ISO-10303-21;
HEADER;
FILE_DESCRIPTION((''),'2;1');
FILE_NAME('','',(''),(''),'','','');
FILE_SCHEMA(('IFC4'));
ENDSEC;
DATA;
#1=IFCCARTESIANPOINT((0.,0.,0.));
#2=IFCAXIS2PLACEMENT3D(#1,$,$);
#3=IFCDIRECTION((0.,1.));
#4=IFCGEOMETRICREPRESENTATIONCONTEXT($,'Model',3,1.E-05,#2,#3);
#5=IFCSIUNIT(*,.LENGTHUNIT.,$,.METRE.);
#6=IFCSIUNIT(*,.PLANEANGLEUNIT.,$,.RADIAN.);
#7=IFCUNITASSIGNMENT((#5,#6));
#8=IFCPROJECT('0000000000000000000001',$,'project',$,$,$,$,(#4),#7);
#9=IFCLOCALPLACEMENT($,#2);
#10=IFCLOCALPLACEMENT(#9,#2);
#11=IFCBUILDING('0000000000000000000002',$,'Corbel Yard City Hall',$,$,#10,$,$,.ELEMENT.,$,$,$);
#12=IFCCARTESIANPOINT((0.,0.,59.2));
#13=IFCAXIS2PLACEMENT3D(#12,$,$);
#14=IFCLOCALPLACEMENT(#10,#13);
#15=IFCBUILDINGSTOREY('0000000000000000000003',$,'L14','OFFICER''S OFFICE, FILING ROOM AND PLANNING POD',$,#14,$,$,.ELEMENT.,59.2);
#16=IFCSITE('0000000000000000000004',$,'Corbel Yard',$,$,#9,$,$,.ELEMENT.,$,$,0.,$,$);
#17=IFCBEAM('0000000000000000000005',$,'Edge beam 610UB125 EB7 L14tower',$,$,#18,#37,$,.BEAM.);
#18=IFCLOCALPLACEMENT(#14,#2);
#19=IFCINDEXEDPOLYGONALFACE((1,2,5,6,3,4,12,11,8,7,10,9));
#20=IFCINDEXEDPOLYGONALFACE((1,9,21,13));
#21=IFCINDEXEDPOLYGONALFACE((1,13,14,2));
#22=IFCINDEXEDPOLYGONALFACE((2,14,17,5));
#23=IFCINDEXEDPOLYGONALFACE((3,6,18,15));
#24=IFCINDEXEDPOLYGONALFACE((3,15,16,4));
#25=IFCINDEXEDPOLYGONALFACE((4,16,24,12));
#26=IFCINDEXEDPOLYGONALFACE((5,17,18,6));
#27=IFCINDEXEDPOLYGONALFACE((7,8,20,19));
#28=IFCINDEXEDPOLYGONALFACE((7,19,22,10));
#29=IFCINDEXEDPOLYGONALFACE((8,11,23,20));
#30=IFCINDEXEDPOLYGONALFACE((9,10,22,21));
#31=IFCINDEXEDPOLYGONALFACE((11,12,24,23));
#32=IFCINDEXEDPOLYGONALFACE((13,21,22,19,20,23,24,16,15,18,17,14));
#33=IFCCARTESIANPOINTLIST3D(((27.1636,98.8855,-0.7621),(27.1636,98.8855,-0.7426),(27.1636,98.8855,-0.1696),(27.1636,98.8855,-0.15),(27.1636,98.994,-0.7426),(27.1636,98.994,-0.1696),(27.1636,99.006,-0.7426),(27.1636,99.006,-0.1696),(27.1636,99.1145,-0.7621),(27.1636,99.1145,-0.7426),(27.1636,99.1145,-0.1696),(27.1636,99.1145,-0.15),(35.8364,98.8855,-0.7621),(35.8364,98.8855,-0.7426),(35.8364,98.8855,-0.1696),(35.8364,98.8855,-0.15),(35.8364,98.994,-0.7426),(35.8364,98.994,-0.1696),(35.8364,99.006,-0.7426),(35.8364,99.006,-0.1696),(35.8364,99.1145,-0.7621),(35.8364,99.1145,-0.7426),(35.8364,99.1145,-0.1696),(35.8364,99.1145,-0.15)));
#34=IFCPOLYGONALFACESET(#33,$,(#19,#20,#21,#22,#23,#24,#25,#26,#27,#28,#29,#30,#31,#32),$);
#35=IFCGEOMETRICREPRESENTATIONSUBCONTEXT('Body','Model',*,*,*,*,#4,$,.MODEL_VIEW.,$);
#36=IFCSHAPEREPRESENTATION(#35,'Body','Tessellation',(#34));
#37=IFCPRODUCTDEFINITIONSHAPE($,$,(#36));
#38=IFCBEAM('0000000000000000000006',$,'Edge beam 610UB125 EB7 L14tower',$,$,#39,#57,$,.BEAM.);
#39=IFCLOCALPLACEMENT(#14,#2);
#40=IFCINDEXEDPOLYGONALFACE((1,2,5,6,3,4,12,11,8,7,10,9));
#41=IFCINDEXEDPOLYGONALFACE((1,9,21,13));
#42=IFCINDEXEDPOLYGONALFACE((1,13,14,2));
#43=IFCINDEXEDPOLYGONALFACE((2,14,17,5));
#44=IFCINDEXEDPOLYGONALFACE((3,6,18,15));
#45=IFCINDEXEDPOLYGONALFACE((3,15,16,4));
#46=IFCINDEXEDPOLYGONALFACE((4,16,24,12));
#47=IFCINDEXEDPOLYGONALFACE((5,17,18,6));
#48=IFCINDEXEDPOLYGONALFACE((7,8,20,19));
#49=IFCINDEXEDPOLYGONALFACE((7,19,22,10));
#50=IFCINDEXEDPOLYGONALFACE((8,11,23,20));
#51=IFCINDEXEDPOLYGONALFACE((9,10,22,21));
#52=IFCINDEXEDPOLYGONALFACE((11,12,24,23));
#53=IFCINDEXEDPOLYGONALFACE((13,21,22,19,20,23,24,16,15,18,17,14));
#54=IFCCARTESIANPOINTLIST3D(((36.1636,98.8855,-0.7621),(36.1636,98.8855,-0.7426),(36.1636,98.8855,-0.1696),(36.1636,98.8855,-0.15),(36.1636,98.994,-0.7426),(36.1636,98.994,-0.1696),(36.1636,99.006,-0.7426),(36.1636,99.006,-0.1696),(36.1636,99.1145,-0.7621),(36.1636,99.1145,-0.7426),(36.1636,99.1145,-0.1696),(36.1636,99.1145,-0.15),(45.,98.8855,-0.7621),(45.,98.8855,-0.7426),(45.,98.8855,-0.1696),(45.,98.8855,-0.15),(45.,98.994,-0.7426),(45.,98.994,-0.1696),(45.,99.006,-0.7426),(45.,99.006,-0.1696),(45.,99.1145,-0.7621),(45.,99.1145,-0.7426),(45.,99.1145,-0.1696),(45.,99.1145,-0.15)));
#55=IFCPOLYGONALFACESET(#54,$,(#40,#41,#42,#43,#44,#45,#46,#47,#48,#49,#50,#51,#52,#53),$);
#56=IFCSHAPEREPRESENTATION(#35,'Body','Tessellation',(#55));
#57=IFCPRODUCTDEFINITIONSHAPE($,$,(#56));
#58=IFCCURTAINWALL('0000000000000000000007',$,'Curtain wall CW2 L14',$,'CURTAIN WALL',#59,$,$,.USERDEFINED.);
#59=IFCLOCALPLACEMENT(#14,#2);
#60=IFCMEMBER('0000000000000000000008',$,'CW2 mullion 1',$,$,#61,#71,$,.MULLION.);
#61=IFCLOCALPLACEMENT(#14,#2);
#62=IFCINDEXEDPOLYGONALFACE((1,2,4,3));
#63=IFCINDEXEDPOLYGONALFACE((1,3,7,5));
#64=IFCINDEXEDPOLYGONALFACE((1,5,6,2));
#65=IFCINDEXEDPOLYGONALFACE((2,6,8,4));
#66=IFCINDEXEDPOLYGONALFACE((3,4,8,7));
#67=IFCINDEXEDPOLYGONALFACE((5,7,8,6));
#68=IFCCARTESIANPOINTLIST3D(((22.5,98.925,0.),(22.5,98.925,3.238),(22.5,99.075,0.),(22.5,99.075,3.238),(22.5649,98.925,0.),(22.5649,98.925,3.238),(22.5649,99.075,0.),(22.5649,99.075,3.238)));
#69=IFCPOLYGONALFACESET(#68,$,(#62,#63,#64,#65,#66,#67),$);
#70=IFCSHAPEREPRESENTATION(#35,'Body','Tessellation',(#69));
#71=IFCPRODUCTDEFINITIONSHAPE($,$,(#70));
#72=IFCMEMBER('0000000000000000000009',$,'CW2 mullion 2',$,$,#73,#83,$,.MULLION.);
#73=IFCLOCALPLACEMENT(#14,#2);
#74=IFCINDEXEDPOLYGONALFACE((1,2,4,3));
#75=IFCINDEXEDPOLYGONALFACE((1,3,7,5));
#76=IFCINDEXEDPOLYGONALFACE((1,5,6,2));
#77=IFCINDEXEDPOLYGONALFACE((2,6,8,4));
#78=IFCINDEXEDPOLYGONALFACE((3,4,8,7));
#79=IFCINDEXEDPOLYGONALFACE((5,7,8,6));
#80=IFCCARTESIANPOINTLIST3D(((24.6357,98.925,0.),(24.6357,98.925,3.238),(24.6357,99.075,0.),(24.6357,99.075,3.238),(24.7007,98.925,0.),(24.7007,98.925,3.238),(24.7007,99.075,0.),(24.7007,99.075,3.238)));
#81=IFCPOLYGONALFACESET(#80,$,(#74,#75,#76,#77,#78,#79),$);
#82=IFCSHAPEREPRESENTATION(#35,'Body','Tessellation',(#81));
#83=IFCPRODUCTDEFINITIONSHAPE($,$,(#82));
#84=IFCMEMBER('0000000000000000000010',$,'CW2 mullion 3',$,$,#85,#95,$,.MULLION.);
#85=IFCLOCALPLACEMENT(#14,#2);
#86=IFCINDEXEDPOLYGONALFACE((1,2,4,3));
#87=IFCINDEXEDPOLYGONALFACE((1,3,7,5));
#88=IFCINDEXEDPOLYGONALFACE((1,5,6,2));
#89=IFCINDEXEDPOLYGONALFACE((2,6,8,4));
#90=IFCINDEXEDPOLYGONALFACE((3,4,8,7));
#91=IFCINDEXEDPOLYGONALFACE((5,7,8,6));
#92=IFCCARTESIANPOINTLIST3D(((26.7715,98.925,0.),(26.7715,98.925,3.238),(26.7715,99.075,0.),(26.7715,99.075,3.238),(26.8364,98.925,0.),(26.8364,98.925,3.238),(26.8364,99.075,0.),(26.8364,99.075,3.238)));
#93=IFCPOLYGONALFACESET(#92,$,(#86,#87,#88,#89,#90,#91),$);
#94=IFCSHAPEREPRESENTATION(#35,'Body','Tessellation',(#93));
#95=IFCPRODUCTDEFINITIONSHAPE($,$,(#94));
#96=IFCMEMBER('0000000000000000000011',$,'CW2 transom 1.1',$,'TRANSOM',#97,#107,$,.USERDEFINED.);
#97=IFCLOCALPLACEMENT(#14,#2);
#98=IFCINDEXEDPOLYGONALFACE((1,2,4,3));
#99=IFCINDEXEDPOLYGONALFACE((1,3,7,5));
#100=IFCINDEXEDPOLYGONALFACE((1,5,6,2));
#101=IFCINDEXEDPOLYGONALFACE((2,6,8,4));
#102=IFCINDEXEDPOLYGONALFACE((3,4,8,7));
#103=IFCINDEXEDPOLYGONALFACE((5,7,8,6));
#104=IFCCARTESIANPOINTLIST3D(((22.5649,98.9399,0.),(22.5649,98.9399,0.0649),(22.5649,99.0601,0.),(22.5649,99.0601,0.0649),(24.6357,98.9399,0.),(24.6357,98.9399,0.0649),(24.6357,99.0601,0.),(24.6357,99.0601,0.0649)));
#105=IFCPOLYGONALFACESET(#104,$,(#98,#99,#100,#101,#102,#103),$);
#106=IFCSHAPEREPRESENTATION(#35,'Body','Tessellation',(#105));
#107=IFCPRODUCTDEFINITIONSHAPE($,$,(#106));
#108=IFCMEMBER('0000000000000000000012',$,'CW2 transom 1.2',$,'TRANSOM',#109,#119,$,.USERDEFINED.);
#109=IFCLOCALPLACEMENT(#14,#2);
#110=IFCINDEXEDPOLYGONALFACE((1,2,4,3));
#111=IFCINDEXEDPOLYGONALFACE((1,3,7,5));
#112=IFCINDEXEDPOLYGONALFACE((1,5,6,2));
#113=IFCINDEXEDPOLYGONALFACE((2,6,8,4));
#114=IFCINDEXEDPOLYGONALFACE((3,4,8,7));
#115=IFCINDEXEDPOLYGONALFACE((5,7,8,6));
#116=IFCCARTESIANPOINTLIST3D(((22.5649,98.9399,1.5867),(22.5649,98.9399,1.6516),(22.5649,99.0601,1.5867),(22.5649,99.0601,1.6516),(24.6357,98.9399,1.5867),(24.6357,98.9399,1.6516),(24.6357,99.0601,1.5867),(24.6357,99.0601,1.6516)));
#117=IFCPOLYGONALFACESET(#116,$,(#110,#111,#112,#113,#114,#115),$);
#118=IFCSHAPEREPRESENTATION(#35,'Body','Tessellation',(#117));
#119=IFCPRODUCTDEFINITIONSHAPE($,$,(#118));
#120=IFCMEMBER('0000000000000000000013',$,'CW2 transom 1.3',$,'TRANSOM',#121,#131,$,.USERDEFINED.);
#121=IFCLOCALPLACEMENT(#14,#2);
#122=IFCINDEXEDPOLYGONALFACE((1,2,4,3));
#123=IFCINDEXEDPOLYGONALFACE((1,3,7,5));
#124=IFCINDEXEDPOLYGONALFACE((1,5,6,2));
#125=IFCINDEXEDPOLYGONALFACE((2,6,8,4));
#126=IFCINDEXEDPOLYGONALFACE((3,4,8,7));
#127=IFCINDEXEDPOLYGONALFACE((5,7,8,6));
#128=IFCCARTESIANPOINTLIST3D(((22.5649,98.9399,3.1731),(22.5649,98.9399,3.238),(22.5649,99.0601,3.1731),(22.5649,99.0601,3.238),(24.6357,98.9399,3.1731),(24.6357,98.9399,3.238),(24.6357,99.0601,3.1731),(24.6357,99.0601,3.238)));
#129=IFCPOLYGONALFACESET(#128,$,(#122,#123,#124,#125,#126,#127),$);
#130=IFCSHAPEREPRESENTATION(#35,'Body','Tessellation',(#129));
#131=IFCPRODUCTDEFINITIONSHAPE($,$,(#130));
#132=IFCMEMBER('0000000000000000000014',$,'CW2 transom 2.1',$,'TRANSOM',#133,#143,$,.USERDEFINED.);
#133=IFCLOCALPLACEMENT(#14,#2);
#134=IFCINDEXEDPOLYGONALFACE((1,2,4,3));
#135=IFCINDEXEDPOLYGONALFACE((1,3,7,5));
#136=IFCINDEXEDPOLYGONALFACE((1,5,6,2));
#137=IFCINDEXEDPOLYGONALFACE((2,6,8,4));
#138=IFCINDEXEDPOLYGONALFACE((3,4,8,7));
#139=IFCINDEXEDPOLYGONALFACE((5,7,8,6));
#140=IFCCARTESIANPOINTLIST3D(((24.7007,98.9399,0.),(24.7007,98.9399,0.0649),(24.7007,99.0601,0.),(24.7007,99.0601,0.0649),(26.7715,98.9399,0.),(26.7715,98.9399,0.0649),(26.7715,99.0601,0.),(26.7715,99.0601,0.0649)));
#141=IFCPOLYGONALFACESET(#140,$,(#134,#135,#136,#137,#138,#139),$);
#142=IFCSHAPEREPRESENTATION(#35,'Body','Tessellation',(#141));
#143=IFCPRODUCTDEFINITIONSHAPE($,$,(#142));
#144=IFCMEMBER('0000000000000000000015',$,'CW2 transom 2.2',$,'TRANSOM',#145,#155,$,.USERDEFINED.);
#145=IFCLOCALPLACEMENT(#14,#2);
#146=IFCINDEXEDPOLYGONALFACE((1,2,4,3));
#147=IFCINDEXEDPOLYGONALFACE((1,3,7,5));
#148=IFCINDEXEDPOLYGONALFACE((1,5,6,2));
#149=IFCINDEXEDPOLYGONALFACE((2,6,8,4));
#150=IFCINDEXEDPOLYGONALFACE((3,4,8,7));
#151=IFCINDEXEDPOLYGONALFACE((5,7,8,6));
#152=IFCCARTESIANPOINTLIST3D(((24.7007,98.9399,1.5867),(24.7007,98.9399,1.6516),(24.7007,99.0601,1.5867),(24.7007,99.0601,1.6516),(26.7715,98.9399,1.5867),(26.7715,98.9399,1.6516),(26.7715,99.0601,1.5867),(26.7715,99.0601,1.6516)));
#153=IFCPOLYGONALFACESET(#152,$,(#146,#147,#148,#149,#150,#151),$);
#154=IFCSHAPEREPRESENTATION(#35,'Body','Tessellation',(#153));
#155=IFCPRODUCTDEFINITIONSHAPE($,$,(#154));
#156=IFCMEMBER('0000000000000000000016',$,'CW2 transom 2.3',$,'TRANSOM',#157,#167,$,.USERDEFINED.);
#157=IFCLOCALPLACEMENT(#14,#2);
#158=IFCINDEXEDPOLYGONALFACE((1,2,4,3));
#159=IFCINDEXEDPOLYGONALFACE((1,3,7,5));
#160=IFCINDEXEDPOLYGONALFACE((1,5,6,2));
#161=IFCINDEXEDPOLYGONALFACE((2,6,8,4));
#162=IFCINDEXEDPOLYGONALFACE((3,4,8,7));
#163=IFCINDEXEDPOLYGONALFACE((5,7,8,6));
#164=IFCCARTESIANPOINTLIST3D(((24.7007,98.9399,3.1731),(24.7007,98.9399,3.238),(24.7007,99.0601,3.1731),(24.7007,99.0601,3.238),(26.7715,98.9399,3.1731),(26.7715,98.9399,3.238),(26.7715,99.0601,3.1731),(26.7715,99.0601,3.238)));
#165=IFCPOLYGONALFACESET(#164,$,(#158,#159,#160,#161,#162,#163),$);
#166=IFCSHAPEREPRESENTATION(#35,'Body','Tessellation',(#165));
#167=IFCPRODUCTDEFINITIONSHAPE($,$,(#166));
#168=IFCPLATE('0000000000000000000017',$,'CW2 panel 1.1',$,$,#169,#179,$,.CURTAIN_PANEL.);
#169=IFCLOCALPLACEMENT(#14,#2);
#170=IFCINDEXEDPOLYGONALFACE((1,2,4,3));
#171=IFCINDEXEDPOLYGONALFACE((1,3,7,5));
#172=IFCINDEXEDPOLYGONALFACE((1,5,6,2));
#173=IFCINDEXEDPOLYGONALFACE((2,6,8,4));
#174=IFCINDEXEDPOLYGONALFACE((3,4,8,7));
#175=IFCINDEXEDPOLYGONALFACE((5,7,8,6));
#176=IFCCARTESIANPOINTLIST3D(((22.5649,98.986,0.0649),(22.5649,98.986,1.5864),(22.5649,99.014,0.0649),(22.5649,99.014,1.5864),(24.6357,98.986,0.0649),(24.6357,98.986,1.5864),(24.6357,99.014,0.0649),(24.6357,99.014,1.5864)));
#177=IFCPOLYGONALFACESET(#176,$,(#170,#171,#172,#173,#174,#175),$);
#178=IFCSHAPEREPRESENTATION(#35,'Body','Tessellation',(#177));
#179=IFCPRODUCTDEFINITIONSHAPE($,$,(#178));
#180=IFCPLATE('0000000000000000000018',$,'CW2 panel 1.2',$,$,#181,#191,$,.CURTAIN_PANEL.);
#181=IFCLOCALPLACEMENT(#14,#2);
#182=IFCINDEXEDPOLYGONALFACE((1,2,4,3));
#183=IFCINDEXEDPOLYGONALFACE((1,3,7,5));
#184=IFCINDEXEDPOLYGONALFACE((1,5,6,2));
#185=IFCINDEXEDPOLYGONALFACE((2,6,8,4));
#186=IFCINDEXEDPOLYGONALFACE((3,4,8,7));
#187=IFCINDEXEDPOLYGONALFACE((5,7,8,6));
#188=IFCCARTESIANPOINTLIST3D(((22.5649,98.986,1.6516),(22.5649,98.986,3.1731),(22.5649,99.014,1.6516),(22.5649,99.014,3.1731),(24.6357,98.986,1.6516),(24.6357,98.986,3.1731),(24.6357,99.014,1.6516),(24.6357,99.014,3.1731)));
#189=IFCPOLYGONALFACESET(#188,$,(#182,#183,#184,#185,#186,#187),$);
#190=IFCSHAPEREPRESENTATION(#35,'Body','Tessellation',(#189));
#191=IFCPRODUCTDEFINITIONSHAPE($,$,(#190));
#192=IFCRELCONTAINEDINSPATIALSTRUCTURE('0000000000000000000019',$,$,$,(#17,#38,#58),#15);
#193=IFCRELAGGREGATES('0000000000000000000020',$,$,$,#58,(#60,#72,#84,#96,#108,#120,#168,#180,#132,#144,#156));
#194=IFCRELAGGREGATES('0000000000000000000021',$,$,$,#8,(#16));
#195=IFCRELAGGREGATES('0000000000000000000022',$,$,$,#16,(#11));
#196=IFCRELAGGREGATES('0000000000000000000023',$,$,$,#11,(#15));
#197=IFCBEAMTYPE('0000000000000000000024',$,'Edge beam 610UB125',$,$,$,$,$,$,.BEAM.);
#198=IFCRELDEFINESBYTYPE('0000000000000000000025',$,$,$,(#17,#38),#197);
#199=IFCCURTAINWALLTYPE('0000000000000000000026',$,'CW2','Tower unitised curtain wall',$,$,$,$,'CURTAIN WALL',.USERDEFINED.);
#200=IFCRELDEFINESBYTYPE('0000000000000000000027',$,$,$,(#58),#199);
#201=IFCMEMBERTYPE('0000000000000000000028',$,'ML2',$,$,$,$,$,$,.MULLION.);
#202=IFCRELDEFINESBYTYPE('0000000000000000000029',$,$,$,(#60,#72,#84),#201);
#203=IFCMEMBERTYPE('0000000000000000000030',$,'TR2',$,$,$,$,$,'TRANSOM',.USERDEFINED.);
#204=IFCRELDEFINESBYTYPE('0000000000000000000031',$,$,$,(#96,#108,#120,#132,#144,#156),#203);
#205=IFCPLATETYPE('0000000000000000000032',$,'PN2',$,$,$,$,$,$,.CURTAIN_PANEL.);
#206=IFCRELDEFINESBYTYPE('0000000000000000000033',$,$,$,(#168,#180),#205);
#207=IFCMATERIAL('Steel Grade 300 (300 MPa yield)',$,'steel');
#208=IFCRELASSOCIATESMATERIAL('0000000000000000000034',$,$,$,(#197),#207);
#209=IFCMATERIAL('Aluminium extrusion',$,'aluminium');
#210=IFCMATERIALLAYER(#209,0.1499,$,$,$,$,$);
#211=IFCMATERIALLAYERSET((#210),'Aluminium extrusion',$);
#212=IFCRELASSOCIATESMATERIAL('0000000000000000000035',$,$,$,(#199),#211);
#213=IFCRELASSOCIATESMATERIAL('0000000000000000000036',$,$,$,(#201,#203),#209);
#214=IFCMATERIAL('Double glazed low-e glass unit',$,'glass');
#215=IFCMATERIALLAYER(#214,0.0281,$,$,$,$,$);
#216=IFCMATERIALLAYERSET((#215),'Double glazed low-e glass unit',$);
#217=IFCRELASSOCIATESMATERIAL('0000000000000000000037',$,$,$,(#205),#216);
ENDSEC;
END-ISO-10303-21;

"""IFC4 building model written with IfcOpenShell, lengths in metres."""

from ifc_helpers import new_model, si_unit, direction, frame, origin, origin_2d, place, context, subcontext, project, spatial, rectangle, i_section, extrude, material, layer, layer_set, material_profile, profile_set, type_object, element, aggregate, save


model = new_model("IFC4")

# Units and contexts
model_context = context("Model", 3, precision=1e-05, world=origin(), true_north=direction((0.0, 1.0)))
body_context = subcontext(model_context, "Body", "Model", "MODEL_VIEW")
ifc_project = project(units=[si_unit("LENGTHUNIT", "METRE"), si_unit("PLANEANGLEUNIT", "RADIAN")], contexts=[model_context])

# Site, building, storey
site_placement = place(None, origin())
site = spatial("IfcSite", under=ifc_project, at=site_placement, Name="Corbel Yard", CompositionType="ELEMENT", RefElevation=0.0)
building_placement = place(site_placement, origin())
building = spatial("IfcBuilding", under=site, at=building_placement, Name="Corbel Yard City Hall", CompositionType="ELEMENT")
storey_placement = place(building_placement, frame((0.0, 0.0, 59.2)))
storey = spatial("IfcBuildingStorey", under=building, at=storey_placement, Name="L14", Description="OFFICER'S OFFICE, FILING ROOM AND PLANNING POD", CompositionType="ELEMENT", Elevation=59.2)

# Beams
ifc_material_1 = material(Name="Steel Grade 300 (300 MPa yield)", Category="steel")
ifc_material_profile_1 = material_profile(ifc_material_1, i_section(OverallWidth=0.229, OverallDepth=0.6121, WebThickness=0.012, FlangeThickness=0.0195, at=origin_2d()), Name="610UB125")
ifc_profile_set_1 = profile_set([ifc_material_profile_1], Name="Steel Grade 300 (300 MPa yield)")
beam_type = type_object("IfcBeamType", Name="Edge beam 610UB125", PredefinedType="BEAM", material=ifc_profile_set_1)
beam_1_placement = place(storey_placement, frame((27.1636, 99.0, -0.4561), z_axis=(1.0, 0.0, 0.0), x_axis=(0.0, 1.0, 0.0)))
element("IfcBeam", 1, at=beam_1_placement, inside=storey, type_object=beam_type, Name="Edge beam 610UB125 EB7 L14tower", PredefinedType="BEAM", context=body_context, shape_type="SweptSolid", body=[
    extrude(i_section(OverallWidth=0.229, OverallDepth=0.6121, WebThickness=0.012, FlangeThickness=0.0195, at=origin_2d()), origin(), (0.0, 0.0, 1.0), 8.6729),
])
beam_2_placement = place(storey_placement, frame((36.1636, 99.0, -0.4561), z_axis=(1.0, 0.0, 0.0), x_axis=(0.0, 1.0, 0.0)))
element("IfcBeam", 2, at=beam_2_placement, inside=storey, type_object=beam_type, Name="Edge beam 610UB125 EB7 L14tower", PredefinedType="BEAM", context=body_context, shape_type="SweptSolid", body=[
    extrude(i_section(OverallWidth=0.229, OverallDepth=0.6121, WebThickness=0.012, FlangeThickness=0.0195, at=origin_2d()), origin(), (0.0, 0.0, 1.0), 8.8364),
])

# Curtain wall, members, plates
ifc_material_2 = material(Name="Aluminium extrusion", Category="aluminium")
ifc_layer_1 = layer(ifc_material_2, 0.1499)
ifc_layer_set_1 = layer_set([ifc_layer_1], Name="Aluminium extrusion")
curtain_wall_type = type_object("IfcCurtainWallType", Name="CW2", Description="Tower unitised curtain wall", ElementType="CURTAIN WALL", PredefinedType="USERDEFINED", material=ifc_layer_set_1)
curtain_wall_placement = place(storey_placement, origin())
curtain_wall = element("IfcCurtainWall", 3, at=curtain_wall_placement, inside=storey, type_object=curtain_wall_type, Name="Curtain wall CW2 L14", ObjectType="CURTAIN WALL", PredefinedType="USERDEFINED")
ifc_material_profile_2 = material_profile(ifc_material_2, rectangle(XDim=0.1499, YDim=0.0649, at=origin_2d()), Name="150x65")
ifc_profile_set_2 = profile_set([ifc_material_profile_2], Name="Aluminium extrusion")
member_type_1 = type_object("IfcMemberType", Name="ML2", PredefinedType="MULLION", material=ifc_profile_set_2)
member_1_placement = place(storey_placement, frame((22.5325, 99.0, 0.0), z_axis=(0.0, 0.0, 1.0), x_axis=(0.0, 1.0, 0.0)))
member_1 = element("IfcMember", 4, at=member_1_placement, type_object=member_type_1, Name="CW2 mullion 1", PredefinedType="MULLION", context=body_context, shape_type="SweptSolid", body=[
    extrude(rectangle(XDim=0.1499, YDim=0.0649, at=origin_2d()), origin(), (0.0, 0.0, 1.0), 3.238),
])
member_2_placement = place(storey_placement, frame((24.6682, 99.0, 0.0), z_axis=(0.0, 0.0, 1.0), x_axis=(0.0, 1.0, 0.0)))
member_2 = element("IfcMember", 5, at=member_2_placement, type_object=member_type_1, Name="CW2 mullion 2", PredefinedType="MULLION", context=body_context, shape_type="SweptSolid", body=[
    extrude(rectangle(XDim=0.1499, YDim=0.0649, at=origin_2d()), origin(), (0.0, 0.0, 1.0), 3.238),
])
member_3_placement = place(storey_placement, frame((26.804, 99.0, 0.0), z_axis=(0.0, 0.0, 1.0), x_axis=(0.0, 1.0, 0.0)))
member_3 = element("IfcMember", 6, at=member_3_placement, type_object=member_type_1, Name="CW2 mullion 3", PredefinedType="MULLION", context=body_context, shape_type="SweptSolid", body=[
    extrude(rectangle(XDim=0.1499, YDim=0.0649, at=origin_2d()), origin(), (0.0, 0.0, 1.0), 3.238),
])
ifc_material_profile_3 = material_profile(ifc_material_2, rectangle(XDim=0.1201, YDim=0.0649, at=origin_2d()), Name="120x65")
ifc_profile_set_3 = profile_set([ifc_material_profile_3], Name="Aluminium extrusion")
member_type_2 = type_object("IfcMemberType", Name="TR2", ElementType="TRANSOM", PredefinedType="USERDEFINED", material=ifc_profile_set_3)
member_4_placement = place(storey_placement, frame((22.5649, 99.0, 0.0325), z_axis=(1.0, 0.0, 0.0), x_axis=(0.0, 1.0, 0.0)))
member_4 = element("IfcMember", 7, at=member_4_placement, type_object=member_type_2, Name="CW2 transom 1.1", ObjectType="TRANSOM", PredefinedType="USERDEFINED", context=body_context, shape_type="SweptSolid", body=[
    extrude(rectangle(XDim=0.1201, YDim=0.0649, at=origin_2d()), origin(), (0.0, 0.0, 1.0), 2.0708),
])
member_5_placement = place(storey_placement, frame((22.5649, 99.0, 1.6191), z_axis=(1.0, 0.0, 0.0), x_axis=(0.0, 1.0, 0.0)))
member_5 = element("IfcMember", 8, at=member_5_placement, type_object=member_type_2, Name="CW2 transom 1.2", ObjectType="TRANSOM", PredefinedType="USERDEFINED", context=body_context, shape_type="SweptSolid", body=[
    extrude(rectangle(XDim=0.1201, YDim=0.0649, at=origin_2d()), origin(), (0.0, 0.0, 1.0), 2.0708),
])
member_6_placement = place(storey_placement, frame((22.5649, 99.0, 3.2056), z_axis=(1.0, 0.0, 0.0), x_axis=(0.0, 1.0, 0.0)))
member_6 = element("IfcMember", 9, at=member_6_placement, type_object=member_type_2, Name="CW2 transom 1.3", ObjectType="TRANSOM", PredefinedType="USERDEFINED", context=body_context, shape_type="SweptSolid", body=[
    extrude(rectangle(XDim=0.1201, YDim=0.0649, at=origin_2d()), origin(), (0.0, 0.0, 1.0), 2.0708),
])
member_7_placement = place(storey_placement, frame((24.7007, 99.0, 0.0325), z_axis=(1.0, 0.0, 0.0), x_axis=(0.0, 1.0, 0.0)))
member_7 = element("IfcMember", 10, at=member_7_placement, type_object=member_type_2, Name="CW2 transom 2.1", ObjectType="TRANSOM", PredefinedType="USERDEFINED", context=body_context, shape_type="SweptSolid", body=[
    extrude(rectangle(XDim=0.1201, YDim=0.0649, at=origin_2d()), origin(), (0.0, 0.0, 1.0), 2.0708),
])
member_8_placement = place(storey_placement, frame((24.7007, 99.0, 1.6191), z_axis=(1.0, 0.0, 0.0), x_axis=(0.0, 1.0, 0.0)))
member_8 = element("IfcMember", 11, at=member_8_placement, type_object=member_type_2, Name="CW2 transom 2.2", ObjectType="TRANSOM", PredefinedType="USERDEFINED", context=body_context, shape_type="SweptSolid", body=[
    extrude(rectangle(XDim=0.1201, YDim=0.0649, at=origin_2d()), origin(), (0.0, 0.0, 1.0), 2.0708),
])
member_9_placement = place(storey_placement, frame((24.7007, 99.0, 3.2056), z_axis=(1.0, 0.0, 0.0), x_axis=(0.0, 1.0, 0.0)))
member_9 = element("IfcMember", 12, at=member_9_placement, type_object=member_type_2, Name="CW2 transom 2.3", ObjectType="TRANSOM", PredefinedType="USERDEFINED", context=body_context, shape_type="SweptSolid", body=[
    extrude(rectangle(XDim=0.1201, YDim=0.0649, at=origin_2d()), origin(), (0.0, 0.0, 1.0), 2.0708),
])
ifc_material_3 = material(Name="Double glazed low-e glass unit", Category="glass")
ifc_layer_2 = layer(ifc_material_3, 0.0281)
ifc_layer_set_2 = layer_set([ifc_layer_2], Name="Double glazed low-e glass unit")
plate_type = type_object("IfcPlateType", Name="PN2", PredefinedType="CURTAIN_PANEL", material=ifc_layer_set_2)
plate_1_placement = place(storey_placement, frame((23.6003, 99.0, 0.0649), z_axis=(0.0, 0.0, 1.0), x_axis=(1.0, 0.0, 0.0)))
plate_1 = element("IfcPlate", 13, at=plate_1_placement, type_object=plate_type, Name="CW2 panel 1.1", PredefinedType="CURTAIN_PANEL", context=body_context, shape_type="SweptSolid", body=[
    extrude(rectangle(XDim=2.0708, YDim=0.0281, at=origin_2d()), origin(), (0.0, 0.0, 1.0), 1.5215),
])
plate_2_placement = place(storey_placement, frame((23.6003, 99.0, 1.6516), z_axis=(0.0, 0.0, 1.0), x_axis=(1.0, 0.0, 0.0)))
plate_2 = element("IfcPlate", 14, at=plate_2_placement, type_object=plate_type, Name="CW2 panel 1.2", PredefinedType="CURTAIN_PANEL", context=body_context, shape_type="SweptSolid", body=[
    extrude(rectangle(XDim=2.0708, YDim=0.0281, at=origin_2d()), origin(), (0.0, 0.0, 1.0), 1.5215),
])
aggregate(curtain_wall, [member_1, member_2, member_3, member_4, member_5, member_6, plate_1, plate_2, member_7, member_8, member_9])

save(model, "model.ifc")
